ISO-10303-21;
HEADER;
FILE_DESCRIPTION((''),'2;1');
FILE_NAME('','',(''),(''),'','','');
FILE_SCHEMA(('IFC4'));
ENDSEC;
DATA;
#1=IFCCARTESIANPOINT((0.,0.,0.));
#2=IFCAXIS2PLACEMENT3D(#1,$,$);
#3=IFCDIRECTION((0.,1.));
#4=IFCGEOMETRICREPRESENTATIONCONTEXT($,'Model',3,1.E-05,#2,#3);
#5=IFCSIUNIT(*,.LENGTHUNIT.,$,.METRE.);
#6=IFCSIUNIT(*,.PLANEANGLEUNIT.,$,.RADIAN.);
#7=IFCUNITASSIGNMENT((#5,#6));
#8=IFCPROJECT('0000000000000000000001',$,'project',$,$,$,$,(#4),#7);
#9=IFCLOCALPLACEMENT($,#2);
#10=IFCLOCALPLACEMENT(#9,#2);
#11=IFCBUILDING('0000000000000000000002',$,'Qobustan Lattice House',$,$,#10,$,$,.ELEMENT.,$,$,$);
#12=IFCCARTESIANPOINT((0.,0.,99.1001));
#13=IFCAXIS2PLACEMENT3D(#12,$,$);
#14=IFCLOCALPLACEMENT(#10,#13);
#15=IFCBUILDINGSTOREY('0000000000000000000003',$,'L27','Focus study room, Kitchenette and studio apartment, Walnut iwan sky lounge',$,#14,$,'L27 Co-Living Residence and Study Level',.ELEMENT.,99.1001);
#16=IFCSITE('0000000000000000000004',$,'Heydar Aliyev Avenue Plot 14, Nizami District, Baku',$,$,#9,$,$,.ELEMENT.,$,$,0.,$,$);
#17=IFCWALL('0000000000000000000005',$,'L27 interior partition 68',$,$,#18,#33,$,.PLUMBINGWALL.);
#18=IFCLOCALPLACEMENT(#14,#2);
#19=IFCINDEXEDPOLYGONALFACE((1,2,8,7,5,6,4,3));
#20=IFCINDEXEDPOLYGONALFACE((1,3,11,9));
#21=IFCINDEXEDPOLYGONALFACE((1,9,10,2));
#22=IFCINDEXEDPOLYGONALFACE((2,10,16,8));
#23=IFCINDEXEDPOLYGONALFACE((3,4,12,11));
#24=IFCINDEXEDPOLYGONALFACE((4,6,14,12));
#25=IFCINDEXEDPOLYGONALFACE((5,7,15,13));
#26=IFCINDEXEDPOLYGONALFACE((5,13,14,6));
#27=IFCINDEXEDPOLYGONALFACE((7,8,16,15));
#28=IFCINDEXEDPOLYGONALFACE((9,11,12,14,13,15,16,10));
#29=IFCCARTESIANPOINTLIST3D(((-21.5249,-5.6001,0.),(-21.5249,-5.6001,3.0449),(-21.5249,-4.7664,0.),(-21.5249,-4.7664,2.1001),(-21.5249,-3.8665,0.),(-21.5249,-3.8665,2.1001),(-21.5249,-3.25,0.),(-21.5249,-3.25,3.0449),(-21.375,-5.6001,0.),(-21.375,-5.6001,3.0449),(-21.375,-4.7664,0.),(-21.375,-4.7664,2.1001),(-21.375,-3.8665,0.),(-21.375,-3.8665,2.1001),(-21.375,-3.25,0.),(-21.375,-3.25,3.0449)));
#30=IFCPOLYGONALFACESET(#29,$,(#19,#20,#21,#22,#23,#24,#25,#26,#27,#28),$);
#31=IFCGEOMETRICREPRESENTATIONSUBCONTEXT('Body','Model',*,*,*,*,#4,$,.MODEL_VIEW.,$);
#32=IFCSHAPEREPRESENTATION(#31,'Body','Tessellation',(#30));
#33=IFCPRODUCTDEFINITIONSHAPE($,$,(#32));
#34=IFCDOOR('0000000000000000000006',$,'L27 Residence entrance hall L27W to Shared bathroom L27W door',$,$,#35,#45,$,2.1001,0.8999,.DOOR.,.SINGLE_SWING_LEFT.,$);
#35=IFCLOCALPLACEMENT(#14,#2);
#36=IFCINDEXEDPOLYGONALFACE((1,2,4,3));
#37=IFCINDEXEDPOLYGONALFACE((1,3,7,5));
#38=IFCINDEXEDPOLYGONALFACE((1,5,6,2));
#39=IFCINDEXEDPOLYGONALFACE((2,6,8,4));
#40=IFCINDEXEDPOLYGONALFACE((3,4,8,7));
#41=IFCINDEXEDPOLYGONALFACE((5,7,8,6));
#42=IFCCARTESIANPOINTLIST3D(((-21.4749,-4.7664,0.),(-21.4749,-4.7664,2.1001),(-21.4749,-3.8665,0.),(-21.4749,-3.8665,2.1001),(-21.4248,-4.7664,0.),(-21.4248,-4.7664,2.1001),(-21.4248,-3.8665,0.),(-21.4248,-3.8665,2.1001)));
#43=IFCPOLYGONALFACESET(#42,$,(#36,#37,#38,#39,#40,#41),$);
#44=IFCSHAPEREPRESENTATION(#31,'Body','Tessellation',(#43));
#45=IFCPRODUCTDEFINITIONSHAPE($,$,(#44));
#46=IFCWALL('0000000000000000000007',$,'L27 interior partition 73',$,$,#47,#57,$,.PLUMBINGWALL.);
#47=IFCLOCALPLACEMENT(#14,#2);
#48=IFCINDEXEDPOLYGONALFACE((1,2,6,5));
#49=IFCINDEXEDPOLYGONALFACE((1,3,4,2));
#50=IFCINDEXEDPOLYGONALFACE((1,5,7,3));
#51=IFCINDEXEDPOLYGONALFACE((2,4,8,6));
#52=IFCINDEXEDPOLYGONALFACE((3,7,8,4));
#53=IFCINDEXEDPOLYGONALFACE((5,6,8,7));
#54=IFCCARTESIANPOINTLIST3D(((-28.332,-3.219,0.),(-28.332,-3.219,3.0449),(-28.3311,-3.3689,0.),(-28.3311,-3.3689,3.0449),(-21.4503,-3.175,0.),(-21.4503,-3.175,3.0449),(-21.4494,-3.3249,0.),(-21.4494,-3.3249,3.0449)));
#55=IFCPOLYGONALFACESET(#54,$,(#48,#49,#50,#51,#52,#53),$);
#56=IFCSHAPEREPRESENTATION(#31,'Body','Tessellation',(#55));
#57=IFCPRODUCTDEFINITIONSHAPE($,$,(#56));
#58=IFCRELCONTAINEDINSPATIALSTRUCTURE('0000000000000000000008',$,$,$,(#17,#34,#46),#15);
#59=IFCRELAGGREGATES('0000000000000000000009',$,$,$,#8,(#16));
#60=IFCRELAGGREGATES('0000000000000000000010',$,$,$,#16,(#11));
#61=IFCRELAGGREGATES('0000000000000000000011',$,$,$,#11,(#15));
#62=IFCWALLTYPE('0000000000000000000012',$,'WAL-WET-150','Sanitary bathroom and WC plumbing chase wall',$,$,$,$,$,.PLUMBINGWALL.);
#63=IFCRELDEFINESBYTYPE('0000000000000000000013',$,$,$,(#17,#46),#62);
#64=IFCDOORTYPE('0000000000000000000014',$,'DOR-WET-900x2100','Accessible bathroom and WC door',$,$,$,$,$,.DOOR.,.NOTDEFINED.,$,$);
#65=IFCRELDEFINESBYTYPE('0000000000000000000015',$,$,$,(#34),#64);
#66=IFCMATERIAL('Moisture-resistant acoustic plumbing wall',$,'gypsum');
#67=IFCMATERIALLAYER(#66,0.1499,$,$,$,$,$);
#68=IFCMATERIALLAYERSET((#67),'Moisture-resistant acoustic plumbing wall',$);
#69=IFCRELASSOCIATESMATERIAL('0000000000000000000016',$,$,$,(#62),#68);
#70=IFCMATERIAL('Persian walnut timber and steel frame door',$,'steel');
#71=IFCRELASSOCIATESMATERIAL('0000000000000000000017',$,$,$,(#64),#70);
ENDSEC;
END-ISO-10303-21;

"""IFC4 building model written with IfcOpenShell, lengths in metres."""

from ifc_helpers import new_model, si_unit, direction, frame, frame_2d, origin, place, context, subcontext, project, spatial, rectangle, extrude, material, layer, layer_set, type_object, element, fill, save


model = new_model("IFC4")

# Units and contexts
model_context = context("Model", 3, precision=1e-05, world=origin(), true_north=direction((0.0, 1.0)))
body_context = subcontext(model_context, "Body", "Model", "MODEL_VIEW")
ifc_project = project(units=[si_unit("LENGTHUNIT", "METRE"), si_unit("PLANEANGLEUNIT", "RADIAN")], contexts=[model_context])

# Site, building, storey
site_placement = place(None, origin())
site = spatial("IfcSite", under=ifc_project, at=site_placement, Name="Heydar Aliyev Avenue Plot 14, Nizami District, Baku", CompositionType="ELEMENT", RefElevation=0.0)
building_placement = place(site_placement, origin())
building = spatial("IfcBuilding", under=site, at=building_placement, Name="Qobustan Lattice House", CompositionType="ELEMENT")
storey_placement = place(building_placement, frame((0.0, 0.0, 99.1001)))
storey = spatial("IfcBuildingStorey", under=building, at=storey_placement, Name="L27", Description="Focus study room, Kitchenette and studio apartment, Walnut iwan sky lounge", LongName="L27 Co-Living Residence and Study Level", CompositionType="ELEMENT", Elevation=99.1001)

# Shared definitions
ifc_material_1 = material(Name="Moisture-resistant acoustic plumbing wall", Category="gypsum")
ifc_layer_1 = layer(ifc_material_1, 0.1499)
ifc_layer_set_1 = layer_set([ifc_layer_1], Name="Moisture-resistant acoustic plumbing wall")
wall_type_1 = type_object("IfcWallType", Name="WAL-WET-150", Description="Sanitary bathroom and WC plumbing chase wall", PredefinedType="PLUMBINGWALL", material=ifc_layer_set_1)

# Wall, opening, door
wall_1_placement = place(storey_placement, frame((-21.45, -5.6001, 0.0), z_axis=(0.0, 0.0, 1.0), x_axis=(0.0, 1.0, 0.0)))
wall_1 = element("IfcWall", 1, at=wall_1_placement, inside=storey, type_object=wall_type_1, Name="L27 interior partition 68", PredefinedType="PLUMBINGWALL", context=body_context, shape_type="SweptSolid", body=[
    extrude(rectangle(XDim=2.3501, YDim=0.1499, at=frame_2d((1.175, 0.0))), origin(), (0.0, 0.0, 1.0), 3.0449),
])
opening_1_placement = place(wall_1_placement, frame((0.8337, 0.0, 0.0)))
opening_1 = element("IfcOpeningElement", 2, at=opening_1_placement, cuts=wall_1, PredefinedType="OPENING", context=body_context, shape_type="SweptSolid", body=[
    extrude(rectangle(XDim=0.8999, YDim=2.1001, at=frame_2d((0.45, 1.05))), frame((0.0, 0.085, 0.0), z_axis=(0.0, -1.0, 0.0), x_axis=(1.0, 0.0, 0.0)), (0.0, 0.0, 1.0), 0.1699),
])
ifc_material_2 = material(Name="Persian walnut timber and steel frame door", Category="steel")
door_type_1 = type_object("IfcDoorType", Name="DOR-WET-900x2100", Description="Accessible bathroom and WC door", OperationType="NOTDEFINED", PredefinedType="DOOR", material=ifc_material_2)
door_1_placement = place(opening_1_placement, origin())
door_1 = element("IfcDoor", 3, at=door_1_placement, inside=storey, type_object=door_type_1, Name="L27 Residence entrance hall L27W to Shared bathroom L27W door", OperationType="SINGLE_SWING_LEFT", OverallHeight=2.1001, OverallWidth=0.8999, PredefinedType="DOOR", context=body_context, shape_type="SweptSolid", body=[
    extrude(rectangle(XDim=0.8999, YDim=2.1001, at=frame_2d((0.45, 1.05))), frame((0.0, 0.0249, 0.0), z_axis=(0.0, -1.0, 0.0), x_axis=(1.0, 0.0, 0.0)), (0.0, 0.0, 1.0), 0.05),
])
fill(opening_1, door_1)

# Wall
wall_2_placement = place(storey_placement, frame((-28.3315, -3.2939, 0.0), z_axis=(0.0, 0.0, 1.0), x_axis=(0.99998, 0.006386, 0.0)))
element("IfcWall", 4, at=wall_2_placement, inside=storey, type_object=wall_type_1, Name="L27 interior partition 73", PredefinedType="PLUMBINGWALL", context=body_context, shape_type="SweptSolid", body=[
    extrude(rectangle(XDim=6.8818, YDim=0.1499, at=frame_2d((3.4409, 0.0))), origin(), (0.0, 0.0, 1.0), 3.0449),
])

save(model, "model.ifc")
